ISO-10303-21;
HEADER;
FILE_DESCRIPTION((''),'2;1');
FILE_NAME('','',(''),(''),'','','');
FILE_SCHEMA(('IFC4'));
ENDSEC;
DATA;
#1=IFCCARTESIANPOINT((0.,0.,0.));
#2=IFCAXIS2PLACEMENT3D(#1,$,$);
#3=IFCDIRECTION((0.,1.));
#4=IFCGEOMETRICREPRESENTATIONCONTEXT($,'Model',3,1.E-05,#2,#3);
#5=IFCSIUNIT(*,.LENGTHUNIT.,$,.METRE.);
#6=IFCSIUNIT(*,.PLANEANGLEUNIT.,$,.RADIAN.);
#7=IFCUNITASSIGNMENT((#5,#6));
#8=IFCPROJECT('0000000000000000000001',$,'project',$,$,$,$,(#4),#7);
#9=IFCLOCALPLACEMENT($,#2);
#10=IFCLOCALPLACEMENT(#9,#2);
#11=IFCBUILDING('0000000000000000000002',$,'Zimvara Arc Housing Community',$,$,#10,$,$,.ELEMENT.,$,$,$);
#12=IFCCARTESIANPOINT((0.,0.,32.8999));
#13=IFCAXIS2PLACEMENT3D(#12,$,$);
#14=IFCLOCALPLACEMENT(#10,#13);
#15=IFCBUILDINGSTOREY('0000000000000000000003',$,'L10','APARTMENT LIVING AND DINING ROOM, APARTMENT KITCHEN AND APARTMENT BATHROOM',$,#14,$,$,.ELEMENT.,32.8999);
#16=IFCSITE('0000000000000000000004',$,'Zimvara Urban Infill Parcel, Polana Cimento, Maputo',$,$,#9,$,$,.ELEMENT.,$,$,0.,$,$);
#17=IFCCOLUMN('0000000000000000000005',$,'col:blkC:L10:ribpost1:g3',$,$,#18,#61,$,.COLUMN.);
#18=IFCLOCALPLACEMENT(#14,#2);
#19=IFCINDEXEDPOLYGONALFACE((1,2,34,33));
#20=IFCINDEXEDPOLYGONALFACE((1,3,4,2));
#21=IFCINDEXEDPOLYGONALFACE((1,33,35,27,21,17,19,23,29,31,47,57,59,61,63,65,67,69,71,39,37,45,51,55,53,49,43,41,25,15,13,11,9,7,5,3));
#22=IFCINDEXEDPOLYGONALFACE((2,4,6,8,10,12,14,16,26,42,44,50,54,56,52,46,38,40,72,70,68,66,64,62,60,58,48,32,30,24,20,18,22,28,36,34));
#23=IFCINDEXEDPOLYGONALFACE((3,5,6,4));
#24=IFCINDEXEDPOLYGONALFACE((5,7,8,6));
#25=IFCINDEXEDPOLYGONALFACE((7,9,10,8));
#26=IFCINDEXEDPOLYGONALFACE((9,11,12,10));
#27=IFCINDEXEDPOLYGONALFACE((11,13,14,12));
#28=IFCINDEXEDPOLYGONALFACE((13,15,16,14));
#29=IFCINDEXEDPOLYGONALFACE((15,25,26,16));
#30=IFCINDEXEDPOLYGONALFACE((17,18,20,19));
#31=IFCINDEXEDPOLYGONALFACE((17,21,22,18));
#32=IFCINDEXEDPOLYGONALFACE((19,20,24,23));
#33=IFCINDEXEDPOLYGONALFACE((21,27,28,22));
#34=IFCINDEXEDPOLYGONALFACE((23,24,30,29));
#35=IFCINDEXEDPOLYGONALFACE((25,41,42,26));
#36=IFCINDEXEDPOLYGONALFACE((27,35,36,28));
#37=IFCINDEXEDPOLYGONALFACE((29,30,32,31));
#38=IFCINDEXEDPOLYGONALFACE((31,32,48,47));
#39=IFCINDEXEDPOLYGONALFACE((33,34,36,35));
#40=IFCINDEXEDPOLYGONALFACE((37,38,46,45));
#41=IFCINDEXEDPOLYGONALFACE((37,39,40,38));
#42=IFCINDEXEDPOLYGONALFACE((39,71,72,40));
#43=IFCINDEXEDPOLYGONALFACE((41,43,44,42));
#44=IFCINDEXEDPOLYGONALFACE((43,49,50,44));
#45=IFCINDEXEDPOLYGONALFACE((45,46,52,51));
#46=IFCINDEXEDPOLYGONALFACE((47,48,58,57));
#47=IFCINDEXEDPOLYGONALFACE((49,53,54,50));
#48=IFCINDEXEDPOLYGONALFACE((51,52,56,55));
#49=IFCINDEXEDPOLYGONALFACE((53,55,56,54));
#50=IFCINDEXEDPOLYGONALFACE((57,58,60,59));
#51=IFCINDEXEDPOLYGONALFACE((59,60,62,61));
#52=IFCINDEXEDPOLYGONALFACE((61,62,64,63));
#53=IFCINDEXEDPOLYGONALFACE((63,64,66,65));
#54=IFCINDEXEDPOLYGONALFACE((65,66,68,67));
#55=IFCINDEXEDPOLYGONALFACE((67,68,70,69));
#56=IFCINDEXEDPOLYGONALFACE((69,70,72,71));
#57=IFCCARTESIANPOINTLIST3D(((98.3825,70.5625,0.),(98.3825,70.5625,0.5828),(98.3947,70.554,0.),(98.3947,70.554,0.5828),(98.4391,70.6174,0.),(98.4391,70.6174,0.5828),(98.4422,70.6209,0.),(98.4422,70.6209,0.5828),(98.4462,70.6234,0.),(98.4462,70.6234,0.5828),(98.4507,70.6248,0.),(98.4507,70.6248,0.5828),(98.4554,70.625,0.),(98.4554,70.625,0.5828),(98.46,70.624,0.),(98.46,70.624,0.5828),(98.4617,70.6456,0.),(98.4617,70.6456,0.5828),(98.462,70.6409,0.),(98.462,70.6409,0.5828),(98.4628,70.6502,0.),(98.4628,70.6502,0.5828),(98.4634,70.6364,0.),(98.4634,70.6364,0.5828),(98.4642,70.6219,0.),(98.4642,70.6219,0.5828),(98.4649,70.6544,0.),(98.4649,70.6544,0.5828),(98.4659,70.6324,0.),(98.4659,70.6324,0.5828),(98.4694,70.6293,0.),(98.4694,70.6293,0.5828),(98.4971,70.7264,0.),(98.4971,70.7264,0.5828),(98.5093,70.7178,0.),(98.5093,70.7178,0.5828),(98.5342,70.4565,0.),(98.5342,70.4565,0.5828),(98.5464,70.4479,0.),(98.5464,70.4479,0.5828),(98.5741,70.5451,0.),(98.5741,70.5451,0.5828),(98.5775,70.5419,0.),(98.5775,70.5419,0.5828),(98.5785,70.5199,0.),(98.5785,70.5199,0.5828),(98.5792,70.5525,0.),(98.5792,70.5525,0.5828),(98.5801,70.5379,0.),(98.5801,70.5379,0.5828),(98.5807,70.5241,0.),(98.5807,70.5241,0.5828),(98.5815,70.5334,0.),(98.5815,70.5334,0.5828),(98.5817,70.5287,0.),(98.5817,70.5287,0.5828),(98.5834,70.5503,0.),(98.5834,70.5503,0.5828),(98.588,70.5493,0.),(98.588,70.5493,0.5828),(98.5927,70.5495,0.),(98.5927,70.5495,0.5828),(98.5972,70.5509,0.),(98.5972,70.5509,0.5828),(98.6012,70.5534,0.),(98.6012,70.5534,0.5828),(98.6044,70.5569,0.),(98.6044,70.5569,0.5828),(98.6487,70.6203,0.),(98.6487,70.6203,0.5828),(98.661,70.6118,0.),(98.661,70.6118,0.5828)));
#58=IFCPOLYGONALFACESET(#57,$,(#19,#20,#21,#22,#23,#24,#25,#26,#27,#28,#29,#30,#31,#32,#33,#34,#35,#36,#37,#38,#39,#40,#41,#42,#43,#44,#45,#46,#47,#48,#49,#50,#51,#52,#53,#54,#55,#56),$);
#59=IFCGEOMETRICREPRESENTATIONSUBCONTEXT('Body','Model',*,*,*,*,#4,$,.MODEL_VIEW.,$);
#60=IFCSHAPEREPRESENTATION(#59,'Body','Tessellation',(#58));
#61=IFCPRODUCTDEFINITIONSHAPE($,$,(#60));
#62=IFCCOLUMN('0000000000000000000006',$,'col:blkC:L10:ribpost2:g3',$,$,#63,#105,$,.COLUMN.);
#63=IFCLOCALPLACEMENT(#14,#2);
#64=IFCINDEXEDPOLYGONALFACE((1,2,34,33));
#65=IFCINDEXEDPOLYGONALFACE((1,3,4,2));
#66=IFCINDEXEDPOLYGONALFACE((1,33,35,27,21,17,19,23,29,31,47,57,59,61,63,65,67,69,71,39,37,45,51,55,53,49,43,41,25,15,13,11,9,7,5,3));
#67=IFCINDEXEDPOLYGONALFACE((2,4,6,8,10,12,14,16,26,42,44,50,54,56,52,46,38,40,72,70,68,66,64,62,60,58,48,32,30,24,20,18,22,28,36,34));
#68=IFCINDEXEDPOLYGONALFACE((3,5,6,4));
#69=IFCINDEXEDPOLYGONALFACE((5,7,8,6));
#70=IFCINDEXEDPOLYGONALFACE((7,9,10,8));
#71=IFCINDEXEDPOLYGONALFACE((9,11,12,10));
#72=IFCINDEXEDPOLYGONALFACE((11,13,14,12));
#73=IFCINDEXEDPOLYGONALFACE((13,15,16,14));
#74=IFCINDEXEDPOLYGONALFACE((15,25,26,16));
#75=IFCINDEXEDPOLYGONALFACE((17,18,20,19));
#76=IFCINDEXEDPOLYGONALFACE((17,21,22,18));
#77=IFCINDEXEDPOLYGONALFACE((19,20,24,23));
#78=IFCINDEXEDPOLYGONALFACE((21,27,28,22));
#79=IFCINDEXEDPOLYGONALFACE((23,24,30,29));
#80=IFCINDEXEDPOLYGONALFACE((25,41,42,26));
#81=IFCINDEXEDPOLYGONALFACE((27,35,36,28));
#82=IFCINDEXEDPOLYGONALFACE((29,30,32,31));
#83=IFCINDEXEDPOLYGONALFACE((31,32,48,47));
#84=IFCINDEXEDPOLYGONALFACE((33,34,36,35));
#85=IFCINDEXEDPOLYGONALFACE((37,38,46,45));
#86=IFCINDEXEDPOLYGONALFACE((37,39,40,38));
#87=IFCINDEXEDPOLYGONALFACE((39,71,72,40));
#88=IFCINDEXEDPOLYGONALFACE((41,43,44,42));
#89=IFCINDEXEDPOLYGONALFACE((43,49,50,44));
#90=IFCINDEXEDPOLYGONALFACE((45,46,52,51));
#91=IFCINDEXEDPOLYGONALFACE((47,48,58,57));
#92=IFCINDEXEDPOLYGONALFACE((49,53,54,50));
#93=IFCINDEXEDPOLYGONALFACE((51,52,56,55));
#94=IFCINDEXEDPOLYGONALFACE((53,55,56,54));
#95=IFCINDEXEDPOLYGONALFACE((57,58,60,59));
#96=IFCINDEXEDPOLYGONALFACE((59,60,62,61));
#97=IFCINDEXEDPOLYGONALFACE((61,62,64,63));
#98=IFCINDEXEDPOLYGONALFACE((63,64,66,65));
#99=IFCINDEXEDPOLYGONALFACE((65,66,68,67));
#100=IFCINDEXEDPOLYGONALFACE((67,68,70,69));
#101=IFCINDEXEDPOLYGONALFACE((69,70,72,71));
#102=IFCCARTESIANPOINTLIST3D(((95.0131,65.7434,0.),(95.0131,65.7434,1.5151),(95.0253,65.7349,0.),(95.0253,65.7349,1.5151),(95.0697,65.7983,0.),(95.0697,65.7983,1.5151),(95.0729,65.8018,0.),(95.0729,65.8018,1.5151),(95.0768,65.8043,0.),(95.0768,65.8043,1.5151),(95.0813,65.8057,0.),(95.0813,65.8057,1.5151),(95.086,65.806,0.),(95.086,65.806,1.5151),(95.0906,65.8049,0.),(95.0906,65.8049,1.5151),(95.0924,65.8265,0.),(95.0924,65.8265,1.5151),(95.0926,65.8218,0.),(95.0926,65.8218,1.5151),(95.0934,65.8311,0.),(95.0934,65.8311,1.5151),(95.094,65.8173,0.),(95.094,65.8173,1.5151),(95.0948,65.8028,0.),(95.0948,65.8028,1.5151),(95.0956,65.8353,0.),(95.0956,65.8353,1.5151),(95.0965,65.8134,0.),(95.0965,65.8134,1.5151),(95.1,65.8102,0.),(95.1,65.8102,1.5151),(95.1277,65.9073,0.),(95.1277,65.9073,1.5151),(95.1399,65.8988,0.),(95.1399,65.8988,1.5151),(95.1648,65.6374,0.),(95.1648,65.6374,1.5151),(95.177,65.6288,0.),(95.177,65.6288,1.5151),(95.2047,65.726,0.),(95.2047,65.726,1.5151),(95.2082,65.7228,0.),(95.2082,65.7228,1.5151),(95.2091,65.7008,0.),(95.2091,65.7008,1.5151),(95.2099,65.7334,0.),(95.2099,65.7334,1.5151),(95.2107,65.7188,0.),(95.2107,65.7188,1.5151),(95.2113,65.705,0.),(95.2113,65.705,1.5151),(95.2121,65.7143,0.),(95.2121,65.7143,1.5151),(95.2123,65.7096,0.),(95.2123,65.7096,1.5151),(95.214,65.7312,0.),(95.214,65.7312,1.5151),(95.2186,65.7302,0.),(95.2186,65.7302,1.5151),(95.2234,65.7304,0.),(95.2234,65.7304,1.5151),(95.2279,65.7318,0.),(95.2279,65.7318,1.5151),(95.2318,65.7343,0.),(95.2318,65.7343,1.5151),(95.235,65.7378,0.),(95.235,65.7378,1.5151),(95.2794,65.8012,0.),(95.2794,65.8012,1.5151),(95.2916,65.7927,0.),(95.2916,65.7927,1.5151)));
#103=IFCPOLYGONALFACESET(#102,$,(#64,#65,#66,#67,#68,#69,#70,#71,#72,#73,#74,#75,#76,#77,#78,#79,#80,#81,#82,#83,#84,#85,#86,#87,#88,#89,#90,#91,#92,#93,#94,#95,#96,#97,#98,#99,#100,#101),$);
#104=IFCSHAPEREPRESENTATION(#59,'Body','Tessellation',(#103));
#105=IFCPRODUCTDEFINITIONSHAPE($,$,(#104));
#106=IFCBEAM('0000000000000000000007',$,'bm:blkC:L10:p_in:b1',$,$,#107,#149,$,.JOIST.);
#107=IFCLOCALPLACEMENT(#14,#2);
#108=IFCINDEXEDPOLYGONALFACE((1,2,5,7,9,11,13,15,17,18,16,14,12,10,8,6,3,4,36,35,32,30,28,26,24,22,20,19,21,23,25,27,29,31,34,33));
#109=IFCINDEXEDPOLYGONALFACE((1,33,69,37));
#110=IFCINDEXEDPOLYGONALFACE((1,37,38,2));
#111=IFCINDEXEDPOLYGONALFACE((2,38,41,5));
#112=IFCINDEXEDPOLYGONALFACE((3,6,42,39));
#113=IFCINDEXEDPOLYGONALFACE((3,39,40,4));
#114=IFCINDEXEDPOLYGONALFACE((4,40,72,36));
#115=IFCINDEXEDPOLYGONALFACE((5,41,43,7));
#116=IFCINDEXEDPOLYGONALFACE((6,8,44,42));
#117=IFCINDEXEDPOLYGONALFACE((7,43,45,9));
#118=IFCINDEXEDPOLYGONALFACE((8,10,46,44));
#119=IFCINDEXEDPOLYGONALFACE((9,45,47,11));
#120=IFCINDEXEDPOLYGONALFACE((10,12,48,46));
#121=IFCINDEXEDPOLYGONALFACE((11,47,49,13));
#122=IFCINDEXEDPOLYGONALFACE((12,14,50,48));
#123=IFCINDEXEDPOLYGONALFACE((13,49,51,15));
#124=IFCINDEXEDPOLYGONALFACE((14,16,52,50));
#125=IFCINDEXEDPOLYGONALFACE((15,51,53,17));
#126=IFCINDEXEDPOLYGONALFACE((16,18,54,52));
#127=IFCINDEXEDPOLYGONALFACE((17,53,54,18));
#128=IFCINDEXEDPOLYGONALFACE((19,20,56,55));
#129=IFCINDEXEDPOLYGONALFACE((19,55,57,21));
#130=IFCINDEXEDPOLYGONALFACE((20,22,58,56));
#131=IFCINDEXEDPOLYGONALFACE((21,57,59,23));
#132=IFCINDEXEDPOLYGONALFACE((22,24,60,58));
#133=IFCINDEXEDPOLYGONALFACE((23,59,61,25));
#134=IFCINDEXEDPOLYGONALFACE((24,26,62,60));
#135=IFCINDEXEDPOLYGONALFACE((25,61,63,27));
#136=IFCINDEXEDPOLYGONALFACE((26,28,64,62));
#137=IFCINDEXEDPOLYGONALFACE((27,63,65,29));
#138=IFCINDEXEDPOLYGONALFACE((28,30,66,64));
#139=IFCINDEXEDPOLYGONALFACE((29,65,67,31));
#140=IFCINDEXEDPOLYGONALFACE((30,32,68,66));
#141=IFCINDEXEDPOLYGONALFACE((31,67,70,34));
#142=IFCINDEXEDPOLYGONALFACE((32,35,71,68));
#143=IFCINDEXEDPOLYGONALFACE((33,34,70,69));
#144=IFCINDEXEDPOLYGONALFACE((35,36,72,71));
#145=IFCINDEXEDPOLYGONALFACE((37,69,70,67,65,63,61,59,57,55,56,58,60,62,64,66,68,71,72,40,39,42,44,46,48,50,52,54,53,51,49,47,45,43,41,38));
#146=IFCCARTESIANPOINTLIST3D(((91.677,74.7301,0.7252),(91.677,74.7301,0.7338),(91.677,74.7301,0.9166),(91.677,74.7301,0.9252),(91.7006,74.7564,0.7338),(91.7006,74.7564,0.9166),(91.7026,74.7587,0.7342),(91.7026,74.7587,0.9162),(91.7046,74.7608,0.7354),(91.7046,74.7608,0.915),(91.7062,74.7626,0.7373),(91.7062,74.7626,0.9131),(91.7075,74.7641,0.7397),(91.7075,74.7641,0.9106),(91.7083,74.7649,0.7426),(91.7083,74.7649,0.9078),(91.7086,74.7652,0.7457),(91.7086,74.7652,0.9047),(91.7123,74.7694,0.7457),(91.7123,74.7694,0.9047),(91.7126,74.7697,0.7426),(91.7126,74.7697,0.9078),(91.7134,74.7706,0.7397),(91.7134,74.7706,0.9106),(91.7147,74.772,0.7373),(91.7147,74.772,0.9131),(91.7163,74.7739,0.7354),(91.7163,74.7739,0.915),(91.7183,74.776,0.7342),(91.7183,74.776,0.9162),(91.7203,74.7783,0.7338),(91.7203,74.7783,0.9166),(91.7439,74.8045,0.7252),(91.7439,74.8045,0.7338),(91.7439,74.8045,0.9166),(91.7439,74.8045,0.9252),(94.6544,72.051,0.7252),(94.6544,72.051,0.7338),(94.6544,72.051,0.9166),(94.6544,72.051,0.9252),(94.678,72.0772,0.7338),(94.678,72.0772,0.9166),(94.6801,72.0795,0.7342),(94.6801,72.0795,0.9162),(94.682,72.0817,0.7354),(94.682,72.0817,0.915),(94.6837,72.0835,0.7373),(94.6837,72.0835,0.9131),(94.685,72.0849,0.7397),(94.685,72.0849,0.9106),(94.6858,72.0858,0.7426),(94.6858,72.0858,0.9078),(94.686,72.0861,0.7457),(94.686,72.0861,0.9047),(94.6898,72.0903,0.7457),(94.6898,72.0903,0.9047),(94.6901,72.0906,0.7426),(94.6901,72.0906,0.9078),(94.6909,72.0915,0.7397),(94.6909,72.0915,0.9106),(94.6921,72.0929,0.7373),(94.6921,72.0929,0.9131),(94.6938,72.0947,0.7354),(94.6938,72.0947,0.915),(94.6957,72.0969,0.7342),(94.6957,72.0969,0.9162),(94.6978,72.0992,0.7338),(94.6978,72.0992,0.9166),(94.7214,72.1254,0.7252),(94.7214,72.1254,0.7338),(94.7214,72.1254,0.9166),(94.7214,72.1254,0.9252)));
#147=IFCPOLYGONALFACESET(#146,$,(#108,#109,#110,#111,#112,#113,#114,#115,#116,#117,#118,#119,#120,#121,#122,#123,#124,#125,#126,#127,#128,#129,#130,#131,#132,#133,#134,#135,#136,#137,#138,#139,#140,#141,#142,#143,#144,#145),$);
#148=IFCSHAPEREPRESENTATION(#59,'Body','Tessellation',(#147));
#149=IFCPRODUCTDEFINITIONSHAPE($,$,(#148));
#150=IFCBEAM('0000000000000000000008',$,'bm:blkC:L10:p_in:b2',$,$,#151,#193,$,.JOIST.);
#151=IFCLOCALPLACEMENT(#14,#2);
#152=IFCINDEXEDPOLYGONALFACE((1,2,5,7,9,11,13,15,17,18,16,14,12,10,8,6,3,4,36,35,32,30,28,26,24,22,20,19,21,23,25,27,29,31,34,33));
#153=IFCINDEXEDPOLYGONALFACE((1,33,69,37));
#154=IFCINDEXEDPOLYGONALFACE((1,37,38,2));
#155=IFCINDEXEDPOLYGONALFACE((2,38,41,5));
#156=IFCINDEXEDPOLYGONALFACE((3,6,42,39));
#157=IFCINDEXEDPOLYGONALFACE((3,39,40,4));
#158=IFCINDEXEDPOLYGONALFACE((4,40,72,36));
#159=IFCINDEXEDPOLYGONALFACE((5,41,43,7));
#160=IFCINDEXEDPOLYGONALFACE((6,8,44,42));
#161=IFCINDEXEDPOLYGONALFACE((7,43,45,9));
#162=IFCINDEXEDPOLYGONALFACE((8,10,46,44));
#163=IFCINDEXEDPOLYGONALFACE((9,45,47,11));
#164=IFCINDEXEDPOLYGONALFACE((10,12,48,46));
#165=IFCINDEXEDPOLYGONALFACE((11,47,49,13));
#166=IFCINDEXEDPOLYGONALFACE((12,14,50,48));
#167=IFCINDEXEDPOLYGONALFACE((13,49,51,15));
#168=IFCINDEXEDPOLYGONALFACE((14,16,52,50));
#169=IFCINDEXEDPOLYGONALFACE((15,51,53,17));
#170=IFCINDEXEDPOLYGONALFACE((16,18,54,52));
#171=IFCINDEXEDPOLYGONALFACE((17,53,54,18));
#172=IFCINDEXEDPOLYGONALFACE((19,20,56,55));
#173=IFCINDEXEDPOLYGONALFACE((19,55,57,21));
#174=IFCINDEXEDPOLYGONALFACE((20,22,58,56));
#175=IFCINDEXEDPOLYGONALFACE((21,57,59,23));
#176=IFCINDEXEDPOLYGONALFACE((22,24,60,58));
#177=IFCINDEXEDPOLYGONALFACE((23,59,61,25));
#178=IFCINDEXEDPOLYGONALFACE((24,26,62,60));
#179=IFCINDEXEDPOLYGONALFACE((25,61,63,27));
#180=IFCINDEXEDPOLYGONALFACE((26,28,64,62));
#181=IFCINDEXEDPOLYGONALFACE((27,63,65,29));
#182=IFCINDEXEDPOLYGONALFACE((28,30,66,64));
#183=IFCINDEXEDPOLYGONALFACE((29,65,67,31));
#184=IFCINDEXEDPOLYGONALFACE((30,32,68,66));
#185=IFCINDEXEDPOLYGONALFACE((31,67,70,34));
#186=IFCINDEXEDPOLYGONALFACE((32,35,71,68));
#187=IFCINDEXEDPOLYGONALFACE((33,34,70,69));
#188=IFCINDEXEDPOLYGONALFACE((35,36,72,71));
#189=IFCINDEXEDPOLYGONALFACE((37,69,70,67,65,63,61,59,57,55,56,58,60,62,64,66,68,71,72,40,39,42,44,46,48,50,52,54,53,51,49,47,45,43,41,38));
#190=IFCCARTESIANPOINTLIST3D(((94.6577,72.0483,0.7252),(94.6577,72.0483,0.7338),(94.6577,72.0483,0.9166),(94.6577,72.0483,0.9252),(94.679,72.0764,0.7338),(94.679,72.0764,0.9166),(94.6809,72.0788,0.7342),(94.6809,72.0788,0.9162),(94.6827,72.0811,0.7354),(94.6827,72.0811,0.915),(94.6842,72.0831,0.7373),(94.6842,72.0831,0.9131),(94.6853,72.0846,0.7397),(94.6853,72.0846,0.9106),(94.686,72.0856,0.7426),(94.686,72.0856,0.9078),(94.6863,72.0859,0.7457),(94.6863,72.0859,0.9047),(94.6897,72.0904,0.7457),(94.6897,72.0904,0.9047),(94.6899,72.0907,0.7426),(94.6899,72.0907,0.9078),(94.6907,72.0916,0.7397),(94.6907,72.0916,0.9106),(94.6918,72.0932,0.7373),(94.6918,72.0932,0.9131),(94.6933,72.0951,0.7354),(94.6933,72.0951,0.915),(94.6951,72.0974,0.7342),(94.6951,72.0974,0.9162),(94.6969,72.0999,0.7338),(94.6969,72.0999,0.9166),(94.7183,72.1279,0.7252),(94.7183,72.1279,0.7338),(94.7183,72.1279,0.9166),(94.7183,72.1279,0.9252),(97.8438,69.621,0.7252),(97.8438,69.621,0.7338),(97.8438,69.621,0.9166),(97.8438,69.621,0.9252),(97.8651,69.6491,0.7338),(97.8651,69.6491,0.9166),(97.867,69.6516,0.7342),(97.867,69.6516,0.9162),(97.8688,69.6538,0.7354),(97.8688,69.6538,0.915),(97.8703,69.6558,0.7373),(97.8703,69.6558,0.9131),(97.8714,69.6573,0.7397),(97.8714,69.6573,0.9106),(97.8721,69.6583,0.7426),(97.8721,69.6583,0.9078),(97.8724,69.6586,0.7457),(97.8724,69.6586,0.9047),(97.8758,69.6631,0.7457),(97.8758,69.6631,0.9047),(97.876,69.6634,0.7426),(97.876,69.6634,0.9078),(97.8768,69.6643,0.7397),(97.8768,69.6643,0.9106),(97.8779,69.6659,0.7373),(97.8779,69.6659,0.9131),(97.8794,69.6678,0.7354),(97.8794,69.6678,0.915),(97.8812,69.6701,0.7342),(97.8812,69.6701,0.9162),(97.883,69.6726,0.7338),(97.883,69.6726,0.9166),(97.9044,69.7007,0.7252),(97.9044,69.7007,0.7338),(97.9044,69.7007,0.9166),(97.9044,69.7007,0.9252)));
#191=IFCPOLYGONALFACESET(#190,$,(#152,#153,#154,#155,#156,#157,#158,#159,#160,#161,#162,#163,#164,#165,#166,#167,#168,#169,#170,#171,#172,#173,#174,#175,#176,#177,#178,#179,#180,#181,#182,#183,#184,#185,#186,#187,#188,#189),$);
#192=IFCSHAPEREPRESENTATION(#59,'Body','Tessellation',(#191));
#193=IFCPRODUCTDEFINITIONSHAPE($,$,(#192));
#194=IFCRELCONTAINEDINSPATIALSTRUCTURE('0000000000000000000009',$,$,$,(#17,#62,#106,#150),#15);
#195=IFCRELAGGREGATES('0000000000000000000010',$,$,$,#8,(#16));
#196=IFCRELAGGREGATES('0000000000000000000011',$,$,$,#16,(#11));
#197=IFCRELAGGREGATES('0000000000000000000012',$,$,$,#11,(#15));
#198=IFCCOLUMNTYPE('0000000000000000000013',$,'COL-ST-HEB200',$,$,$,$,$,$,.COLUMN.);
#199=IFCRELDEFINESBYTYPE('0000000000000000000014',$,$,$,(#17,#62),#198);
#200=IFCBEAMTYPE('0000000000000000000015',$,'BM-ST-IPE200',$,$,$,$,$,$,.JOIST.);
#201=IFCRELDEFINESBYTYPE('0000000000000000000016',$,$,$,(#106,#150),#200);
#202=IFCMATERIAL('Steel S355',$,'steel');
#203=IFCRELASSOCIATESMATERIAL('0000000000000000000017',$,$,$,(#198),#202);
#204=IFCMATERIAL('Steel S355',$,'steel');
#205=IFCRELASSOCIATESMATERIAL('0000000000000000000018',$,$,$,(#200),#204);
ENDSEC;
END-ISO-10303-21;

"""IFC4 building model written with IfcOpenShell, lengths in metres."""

from ifc_helpers import new_model, si_unit, direction, frame, origin, origin_2d, place, context, subcontext, project, spatial, i_section, extrude, material, material_profile, profile_set, type_object, element, save


model = new_model("IFC4")

# Units and contexts
model_context = context("Model", 3, precision=1e-05, world=origin(), true_north=direction((0.0, 1.0)))
body_context = subcontext(model_context, "Body", "Model", "MODEL_VIEW")
ifc_project = project(units=[si_unit("LENGTHUNIT", "METRE"), si_unit("PLANEANGLEUNIT", "RADIAN")], contexts=[model_context])

# Site, building, storey
site_placement = place(None, origin())
site = spatial("IfcSite", under=ifc_project, at=site_placement, Name="Zimvara Urban Infill Parcel, Polana Cimento, Maputo", CompositionType="ELEMENT", RefElevation=0.0)
building_placement = place(site_placement, origin())
building = spatial("IfcBuilding", under=site, at=building_placement, Name="Zimvara Arc Housing Community", CompositionType="ELEMENT")
storey_placement = place(building_placement, frame((0.0, 0.0, 32.8999)))
storey = spatial("IfcBuildingStorey", under=building, at=storey_placement, Name="L10", Description="APARTMENT LIVING AND DINING ROOM, APARTMENT KITCHEN AND APARTMENT BATHROOM", CompositionType="ELEMENT", Elevation=32.8999)

# Columns
ifc_material_1 = material(Name="Steel S355", Category="steel")
ifc_material_profile_1 = material_profile(ifc_material_1, i_section(OverallWidth=0.2, OverallDepth=0.2, WebThickness=0.009, FlangeThickness=0.0149, FilletRadius=0.0181, at=origin_2d()), Name="HEB 200")
ifc_profile_set_1 = profile_set([ifc_material_profile_1], Name="Steel S355")
column_type = type_object("IfcColumnType", Name="COL-ST-HEB200", PredefinedType="COLUMN", material=ifc_profile_set_1)
column_1_placement = place(storey_placement, frame((98.5217, 70.5872, 0.0), z_axis=(0.0, 0.0, 1.0), x_axis=(-0.573004, -0.819552, 0.0)))
element("IfcColumn", 1, at=column_1_placement, inside=storey, type_object=column_type, Name="col:blkC:L10:ribpost1:g3", PredefinedType="COLUMN", context=body_context, shape_type="SweptSolid", body=[
    extrude(i_section(OverallWidth=0.2, OverallDepth=0.2, WebThickness=0.009, FlangeThickness=0.0149, FilletRadius=0.0181, at=origin_2d()), origin(), (0.0, 0.0, 1.0), 0.5828),
])
column_2_placement = place(storey_placement, frame((95.1523, 65.7681, 0.0), z_axis=(0.0, 0.0, 1.0), x_axis=(-0.573004, -0.819552, 0.0)))
element("IfcColumn", 2, at=column_2_placement, inside=storey, type_object=column_type, Name="col:blkC:L10:ribpost2:g3", PredefinedType="COLUMN", context=body_context, shape_type="SweptSolid", body=[
    extrude(i_section(OverallWidth=0.2, OverallDepth=0.2, WebThickness=0.009, FlangeThickness=0.0149, FilletRadius=0.0181, at=origin_2d()), origin(), (0.0, 0.0, 1.0), 1.5151),
])

# Beams
ifc_material_2 = material(Name="Steel S355", Category="steel")
ifc_material_profile_2 = material_profile(ifc_material_2, i_section(OverallWidth=0.1001, OverallDepth=0.2, WebThickness=0.0056, FlangeThickness=0.0085, FilletRadius=0.012, at=origin_2d()), Name="IPE 200")
ifc_profile_set_2 = profile_set([ifc_material_profile_2], Name="Steel S355")
beam_type_1 = type_object("IfcBeamType", Name="BM-ST-IPE200", PredefinedType="JOIST", material=ifc_profile_set_2)
for number, where, z_axis, x_axis, name in (
    (3, (91.7104, 74.7673, 0.8252), (0.743367, -0.668884, 0.0), (0.668884, 0.743367, 0.0), "bm:blkC:L10:p_in:b1"),
    (4, (94.688, 72.0881, 0.8252), (0.795457, -0.60601, 0.0), (0.60601, 0.795457, 0.0), "bm:blkC:L10:p_in:b2"),
):
    element("IfcBeam", number, at=place(storey_placement, frame(where, z_axis=z_axis, x_axis=x_axis)), inside=storey, type_object=beam_type_1, Name=name, PredefinedType="JOIST", context=body_context, shape_type="SweptSolid", body=[
        extrude(i_section(OverallWidth=0.1001, OverallDepth=0.2, WebThickness=0.0056, FlangeThickness=0.0085, FilletRadius=0.012, at=origin_2d()), origin(), (0.0, 0.0, 1.0), 4.0054),
    ])

save(model, "model.ifc")
